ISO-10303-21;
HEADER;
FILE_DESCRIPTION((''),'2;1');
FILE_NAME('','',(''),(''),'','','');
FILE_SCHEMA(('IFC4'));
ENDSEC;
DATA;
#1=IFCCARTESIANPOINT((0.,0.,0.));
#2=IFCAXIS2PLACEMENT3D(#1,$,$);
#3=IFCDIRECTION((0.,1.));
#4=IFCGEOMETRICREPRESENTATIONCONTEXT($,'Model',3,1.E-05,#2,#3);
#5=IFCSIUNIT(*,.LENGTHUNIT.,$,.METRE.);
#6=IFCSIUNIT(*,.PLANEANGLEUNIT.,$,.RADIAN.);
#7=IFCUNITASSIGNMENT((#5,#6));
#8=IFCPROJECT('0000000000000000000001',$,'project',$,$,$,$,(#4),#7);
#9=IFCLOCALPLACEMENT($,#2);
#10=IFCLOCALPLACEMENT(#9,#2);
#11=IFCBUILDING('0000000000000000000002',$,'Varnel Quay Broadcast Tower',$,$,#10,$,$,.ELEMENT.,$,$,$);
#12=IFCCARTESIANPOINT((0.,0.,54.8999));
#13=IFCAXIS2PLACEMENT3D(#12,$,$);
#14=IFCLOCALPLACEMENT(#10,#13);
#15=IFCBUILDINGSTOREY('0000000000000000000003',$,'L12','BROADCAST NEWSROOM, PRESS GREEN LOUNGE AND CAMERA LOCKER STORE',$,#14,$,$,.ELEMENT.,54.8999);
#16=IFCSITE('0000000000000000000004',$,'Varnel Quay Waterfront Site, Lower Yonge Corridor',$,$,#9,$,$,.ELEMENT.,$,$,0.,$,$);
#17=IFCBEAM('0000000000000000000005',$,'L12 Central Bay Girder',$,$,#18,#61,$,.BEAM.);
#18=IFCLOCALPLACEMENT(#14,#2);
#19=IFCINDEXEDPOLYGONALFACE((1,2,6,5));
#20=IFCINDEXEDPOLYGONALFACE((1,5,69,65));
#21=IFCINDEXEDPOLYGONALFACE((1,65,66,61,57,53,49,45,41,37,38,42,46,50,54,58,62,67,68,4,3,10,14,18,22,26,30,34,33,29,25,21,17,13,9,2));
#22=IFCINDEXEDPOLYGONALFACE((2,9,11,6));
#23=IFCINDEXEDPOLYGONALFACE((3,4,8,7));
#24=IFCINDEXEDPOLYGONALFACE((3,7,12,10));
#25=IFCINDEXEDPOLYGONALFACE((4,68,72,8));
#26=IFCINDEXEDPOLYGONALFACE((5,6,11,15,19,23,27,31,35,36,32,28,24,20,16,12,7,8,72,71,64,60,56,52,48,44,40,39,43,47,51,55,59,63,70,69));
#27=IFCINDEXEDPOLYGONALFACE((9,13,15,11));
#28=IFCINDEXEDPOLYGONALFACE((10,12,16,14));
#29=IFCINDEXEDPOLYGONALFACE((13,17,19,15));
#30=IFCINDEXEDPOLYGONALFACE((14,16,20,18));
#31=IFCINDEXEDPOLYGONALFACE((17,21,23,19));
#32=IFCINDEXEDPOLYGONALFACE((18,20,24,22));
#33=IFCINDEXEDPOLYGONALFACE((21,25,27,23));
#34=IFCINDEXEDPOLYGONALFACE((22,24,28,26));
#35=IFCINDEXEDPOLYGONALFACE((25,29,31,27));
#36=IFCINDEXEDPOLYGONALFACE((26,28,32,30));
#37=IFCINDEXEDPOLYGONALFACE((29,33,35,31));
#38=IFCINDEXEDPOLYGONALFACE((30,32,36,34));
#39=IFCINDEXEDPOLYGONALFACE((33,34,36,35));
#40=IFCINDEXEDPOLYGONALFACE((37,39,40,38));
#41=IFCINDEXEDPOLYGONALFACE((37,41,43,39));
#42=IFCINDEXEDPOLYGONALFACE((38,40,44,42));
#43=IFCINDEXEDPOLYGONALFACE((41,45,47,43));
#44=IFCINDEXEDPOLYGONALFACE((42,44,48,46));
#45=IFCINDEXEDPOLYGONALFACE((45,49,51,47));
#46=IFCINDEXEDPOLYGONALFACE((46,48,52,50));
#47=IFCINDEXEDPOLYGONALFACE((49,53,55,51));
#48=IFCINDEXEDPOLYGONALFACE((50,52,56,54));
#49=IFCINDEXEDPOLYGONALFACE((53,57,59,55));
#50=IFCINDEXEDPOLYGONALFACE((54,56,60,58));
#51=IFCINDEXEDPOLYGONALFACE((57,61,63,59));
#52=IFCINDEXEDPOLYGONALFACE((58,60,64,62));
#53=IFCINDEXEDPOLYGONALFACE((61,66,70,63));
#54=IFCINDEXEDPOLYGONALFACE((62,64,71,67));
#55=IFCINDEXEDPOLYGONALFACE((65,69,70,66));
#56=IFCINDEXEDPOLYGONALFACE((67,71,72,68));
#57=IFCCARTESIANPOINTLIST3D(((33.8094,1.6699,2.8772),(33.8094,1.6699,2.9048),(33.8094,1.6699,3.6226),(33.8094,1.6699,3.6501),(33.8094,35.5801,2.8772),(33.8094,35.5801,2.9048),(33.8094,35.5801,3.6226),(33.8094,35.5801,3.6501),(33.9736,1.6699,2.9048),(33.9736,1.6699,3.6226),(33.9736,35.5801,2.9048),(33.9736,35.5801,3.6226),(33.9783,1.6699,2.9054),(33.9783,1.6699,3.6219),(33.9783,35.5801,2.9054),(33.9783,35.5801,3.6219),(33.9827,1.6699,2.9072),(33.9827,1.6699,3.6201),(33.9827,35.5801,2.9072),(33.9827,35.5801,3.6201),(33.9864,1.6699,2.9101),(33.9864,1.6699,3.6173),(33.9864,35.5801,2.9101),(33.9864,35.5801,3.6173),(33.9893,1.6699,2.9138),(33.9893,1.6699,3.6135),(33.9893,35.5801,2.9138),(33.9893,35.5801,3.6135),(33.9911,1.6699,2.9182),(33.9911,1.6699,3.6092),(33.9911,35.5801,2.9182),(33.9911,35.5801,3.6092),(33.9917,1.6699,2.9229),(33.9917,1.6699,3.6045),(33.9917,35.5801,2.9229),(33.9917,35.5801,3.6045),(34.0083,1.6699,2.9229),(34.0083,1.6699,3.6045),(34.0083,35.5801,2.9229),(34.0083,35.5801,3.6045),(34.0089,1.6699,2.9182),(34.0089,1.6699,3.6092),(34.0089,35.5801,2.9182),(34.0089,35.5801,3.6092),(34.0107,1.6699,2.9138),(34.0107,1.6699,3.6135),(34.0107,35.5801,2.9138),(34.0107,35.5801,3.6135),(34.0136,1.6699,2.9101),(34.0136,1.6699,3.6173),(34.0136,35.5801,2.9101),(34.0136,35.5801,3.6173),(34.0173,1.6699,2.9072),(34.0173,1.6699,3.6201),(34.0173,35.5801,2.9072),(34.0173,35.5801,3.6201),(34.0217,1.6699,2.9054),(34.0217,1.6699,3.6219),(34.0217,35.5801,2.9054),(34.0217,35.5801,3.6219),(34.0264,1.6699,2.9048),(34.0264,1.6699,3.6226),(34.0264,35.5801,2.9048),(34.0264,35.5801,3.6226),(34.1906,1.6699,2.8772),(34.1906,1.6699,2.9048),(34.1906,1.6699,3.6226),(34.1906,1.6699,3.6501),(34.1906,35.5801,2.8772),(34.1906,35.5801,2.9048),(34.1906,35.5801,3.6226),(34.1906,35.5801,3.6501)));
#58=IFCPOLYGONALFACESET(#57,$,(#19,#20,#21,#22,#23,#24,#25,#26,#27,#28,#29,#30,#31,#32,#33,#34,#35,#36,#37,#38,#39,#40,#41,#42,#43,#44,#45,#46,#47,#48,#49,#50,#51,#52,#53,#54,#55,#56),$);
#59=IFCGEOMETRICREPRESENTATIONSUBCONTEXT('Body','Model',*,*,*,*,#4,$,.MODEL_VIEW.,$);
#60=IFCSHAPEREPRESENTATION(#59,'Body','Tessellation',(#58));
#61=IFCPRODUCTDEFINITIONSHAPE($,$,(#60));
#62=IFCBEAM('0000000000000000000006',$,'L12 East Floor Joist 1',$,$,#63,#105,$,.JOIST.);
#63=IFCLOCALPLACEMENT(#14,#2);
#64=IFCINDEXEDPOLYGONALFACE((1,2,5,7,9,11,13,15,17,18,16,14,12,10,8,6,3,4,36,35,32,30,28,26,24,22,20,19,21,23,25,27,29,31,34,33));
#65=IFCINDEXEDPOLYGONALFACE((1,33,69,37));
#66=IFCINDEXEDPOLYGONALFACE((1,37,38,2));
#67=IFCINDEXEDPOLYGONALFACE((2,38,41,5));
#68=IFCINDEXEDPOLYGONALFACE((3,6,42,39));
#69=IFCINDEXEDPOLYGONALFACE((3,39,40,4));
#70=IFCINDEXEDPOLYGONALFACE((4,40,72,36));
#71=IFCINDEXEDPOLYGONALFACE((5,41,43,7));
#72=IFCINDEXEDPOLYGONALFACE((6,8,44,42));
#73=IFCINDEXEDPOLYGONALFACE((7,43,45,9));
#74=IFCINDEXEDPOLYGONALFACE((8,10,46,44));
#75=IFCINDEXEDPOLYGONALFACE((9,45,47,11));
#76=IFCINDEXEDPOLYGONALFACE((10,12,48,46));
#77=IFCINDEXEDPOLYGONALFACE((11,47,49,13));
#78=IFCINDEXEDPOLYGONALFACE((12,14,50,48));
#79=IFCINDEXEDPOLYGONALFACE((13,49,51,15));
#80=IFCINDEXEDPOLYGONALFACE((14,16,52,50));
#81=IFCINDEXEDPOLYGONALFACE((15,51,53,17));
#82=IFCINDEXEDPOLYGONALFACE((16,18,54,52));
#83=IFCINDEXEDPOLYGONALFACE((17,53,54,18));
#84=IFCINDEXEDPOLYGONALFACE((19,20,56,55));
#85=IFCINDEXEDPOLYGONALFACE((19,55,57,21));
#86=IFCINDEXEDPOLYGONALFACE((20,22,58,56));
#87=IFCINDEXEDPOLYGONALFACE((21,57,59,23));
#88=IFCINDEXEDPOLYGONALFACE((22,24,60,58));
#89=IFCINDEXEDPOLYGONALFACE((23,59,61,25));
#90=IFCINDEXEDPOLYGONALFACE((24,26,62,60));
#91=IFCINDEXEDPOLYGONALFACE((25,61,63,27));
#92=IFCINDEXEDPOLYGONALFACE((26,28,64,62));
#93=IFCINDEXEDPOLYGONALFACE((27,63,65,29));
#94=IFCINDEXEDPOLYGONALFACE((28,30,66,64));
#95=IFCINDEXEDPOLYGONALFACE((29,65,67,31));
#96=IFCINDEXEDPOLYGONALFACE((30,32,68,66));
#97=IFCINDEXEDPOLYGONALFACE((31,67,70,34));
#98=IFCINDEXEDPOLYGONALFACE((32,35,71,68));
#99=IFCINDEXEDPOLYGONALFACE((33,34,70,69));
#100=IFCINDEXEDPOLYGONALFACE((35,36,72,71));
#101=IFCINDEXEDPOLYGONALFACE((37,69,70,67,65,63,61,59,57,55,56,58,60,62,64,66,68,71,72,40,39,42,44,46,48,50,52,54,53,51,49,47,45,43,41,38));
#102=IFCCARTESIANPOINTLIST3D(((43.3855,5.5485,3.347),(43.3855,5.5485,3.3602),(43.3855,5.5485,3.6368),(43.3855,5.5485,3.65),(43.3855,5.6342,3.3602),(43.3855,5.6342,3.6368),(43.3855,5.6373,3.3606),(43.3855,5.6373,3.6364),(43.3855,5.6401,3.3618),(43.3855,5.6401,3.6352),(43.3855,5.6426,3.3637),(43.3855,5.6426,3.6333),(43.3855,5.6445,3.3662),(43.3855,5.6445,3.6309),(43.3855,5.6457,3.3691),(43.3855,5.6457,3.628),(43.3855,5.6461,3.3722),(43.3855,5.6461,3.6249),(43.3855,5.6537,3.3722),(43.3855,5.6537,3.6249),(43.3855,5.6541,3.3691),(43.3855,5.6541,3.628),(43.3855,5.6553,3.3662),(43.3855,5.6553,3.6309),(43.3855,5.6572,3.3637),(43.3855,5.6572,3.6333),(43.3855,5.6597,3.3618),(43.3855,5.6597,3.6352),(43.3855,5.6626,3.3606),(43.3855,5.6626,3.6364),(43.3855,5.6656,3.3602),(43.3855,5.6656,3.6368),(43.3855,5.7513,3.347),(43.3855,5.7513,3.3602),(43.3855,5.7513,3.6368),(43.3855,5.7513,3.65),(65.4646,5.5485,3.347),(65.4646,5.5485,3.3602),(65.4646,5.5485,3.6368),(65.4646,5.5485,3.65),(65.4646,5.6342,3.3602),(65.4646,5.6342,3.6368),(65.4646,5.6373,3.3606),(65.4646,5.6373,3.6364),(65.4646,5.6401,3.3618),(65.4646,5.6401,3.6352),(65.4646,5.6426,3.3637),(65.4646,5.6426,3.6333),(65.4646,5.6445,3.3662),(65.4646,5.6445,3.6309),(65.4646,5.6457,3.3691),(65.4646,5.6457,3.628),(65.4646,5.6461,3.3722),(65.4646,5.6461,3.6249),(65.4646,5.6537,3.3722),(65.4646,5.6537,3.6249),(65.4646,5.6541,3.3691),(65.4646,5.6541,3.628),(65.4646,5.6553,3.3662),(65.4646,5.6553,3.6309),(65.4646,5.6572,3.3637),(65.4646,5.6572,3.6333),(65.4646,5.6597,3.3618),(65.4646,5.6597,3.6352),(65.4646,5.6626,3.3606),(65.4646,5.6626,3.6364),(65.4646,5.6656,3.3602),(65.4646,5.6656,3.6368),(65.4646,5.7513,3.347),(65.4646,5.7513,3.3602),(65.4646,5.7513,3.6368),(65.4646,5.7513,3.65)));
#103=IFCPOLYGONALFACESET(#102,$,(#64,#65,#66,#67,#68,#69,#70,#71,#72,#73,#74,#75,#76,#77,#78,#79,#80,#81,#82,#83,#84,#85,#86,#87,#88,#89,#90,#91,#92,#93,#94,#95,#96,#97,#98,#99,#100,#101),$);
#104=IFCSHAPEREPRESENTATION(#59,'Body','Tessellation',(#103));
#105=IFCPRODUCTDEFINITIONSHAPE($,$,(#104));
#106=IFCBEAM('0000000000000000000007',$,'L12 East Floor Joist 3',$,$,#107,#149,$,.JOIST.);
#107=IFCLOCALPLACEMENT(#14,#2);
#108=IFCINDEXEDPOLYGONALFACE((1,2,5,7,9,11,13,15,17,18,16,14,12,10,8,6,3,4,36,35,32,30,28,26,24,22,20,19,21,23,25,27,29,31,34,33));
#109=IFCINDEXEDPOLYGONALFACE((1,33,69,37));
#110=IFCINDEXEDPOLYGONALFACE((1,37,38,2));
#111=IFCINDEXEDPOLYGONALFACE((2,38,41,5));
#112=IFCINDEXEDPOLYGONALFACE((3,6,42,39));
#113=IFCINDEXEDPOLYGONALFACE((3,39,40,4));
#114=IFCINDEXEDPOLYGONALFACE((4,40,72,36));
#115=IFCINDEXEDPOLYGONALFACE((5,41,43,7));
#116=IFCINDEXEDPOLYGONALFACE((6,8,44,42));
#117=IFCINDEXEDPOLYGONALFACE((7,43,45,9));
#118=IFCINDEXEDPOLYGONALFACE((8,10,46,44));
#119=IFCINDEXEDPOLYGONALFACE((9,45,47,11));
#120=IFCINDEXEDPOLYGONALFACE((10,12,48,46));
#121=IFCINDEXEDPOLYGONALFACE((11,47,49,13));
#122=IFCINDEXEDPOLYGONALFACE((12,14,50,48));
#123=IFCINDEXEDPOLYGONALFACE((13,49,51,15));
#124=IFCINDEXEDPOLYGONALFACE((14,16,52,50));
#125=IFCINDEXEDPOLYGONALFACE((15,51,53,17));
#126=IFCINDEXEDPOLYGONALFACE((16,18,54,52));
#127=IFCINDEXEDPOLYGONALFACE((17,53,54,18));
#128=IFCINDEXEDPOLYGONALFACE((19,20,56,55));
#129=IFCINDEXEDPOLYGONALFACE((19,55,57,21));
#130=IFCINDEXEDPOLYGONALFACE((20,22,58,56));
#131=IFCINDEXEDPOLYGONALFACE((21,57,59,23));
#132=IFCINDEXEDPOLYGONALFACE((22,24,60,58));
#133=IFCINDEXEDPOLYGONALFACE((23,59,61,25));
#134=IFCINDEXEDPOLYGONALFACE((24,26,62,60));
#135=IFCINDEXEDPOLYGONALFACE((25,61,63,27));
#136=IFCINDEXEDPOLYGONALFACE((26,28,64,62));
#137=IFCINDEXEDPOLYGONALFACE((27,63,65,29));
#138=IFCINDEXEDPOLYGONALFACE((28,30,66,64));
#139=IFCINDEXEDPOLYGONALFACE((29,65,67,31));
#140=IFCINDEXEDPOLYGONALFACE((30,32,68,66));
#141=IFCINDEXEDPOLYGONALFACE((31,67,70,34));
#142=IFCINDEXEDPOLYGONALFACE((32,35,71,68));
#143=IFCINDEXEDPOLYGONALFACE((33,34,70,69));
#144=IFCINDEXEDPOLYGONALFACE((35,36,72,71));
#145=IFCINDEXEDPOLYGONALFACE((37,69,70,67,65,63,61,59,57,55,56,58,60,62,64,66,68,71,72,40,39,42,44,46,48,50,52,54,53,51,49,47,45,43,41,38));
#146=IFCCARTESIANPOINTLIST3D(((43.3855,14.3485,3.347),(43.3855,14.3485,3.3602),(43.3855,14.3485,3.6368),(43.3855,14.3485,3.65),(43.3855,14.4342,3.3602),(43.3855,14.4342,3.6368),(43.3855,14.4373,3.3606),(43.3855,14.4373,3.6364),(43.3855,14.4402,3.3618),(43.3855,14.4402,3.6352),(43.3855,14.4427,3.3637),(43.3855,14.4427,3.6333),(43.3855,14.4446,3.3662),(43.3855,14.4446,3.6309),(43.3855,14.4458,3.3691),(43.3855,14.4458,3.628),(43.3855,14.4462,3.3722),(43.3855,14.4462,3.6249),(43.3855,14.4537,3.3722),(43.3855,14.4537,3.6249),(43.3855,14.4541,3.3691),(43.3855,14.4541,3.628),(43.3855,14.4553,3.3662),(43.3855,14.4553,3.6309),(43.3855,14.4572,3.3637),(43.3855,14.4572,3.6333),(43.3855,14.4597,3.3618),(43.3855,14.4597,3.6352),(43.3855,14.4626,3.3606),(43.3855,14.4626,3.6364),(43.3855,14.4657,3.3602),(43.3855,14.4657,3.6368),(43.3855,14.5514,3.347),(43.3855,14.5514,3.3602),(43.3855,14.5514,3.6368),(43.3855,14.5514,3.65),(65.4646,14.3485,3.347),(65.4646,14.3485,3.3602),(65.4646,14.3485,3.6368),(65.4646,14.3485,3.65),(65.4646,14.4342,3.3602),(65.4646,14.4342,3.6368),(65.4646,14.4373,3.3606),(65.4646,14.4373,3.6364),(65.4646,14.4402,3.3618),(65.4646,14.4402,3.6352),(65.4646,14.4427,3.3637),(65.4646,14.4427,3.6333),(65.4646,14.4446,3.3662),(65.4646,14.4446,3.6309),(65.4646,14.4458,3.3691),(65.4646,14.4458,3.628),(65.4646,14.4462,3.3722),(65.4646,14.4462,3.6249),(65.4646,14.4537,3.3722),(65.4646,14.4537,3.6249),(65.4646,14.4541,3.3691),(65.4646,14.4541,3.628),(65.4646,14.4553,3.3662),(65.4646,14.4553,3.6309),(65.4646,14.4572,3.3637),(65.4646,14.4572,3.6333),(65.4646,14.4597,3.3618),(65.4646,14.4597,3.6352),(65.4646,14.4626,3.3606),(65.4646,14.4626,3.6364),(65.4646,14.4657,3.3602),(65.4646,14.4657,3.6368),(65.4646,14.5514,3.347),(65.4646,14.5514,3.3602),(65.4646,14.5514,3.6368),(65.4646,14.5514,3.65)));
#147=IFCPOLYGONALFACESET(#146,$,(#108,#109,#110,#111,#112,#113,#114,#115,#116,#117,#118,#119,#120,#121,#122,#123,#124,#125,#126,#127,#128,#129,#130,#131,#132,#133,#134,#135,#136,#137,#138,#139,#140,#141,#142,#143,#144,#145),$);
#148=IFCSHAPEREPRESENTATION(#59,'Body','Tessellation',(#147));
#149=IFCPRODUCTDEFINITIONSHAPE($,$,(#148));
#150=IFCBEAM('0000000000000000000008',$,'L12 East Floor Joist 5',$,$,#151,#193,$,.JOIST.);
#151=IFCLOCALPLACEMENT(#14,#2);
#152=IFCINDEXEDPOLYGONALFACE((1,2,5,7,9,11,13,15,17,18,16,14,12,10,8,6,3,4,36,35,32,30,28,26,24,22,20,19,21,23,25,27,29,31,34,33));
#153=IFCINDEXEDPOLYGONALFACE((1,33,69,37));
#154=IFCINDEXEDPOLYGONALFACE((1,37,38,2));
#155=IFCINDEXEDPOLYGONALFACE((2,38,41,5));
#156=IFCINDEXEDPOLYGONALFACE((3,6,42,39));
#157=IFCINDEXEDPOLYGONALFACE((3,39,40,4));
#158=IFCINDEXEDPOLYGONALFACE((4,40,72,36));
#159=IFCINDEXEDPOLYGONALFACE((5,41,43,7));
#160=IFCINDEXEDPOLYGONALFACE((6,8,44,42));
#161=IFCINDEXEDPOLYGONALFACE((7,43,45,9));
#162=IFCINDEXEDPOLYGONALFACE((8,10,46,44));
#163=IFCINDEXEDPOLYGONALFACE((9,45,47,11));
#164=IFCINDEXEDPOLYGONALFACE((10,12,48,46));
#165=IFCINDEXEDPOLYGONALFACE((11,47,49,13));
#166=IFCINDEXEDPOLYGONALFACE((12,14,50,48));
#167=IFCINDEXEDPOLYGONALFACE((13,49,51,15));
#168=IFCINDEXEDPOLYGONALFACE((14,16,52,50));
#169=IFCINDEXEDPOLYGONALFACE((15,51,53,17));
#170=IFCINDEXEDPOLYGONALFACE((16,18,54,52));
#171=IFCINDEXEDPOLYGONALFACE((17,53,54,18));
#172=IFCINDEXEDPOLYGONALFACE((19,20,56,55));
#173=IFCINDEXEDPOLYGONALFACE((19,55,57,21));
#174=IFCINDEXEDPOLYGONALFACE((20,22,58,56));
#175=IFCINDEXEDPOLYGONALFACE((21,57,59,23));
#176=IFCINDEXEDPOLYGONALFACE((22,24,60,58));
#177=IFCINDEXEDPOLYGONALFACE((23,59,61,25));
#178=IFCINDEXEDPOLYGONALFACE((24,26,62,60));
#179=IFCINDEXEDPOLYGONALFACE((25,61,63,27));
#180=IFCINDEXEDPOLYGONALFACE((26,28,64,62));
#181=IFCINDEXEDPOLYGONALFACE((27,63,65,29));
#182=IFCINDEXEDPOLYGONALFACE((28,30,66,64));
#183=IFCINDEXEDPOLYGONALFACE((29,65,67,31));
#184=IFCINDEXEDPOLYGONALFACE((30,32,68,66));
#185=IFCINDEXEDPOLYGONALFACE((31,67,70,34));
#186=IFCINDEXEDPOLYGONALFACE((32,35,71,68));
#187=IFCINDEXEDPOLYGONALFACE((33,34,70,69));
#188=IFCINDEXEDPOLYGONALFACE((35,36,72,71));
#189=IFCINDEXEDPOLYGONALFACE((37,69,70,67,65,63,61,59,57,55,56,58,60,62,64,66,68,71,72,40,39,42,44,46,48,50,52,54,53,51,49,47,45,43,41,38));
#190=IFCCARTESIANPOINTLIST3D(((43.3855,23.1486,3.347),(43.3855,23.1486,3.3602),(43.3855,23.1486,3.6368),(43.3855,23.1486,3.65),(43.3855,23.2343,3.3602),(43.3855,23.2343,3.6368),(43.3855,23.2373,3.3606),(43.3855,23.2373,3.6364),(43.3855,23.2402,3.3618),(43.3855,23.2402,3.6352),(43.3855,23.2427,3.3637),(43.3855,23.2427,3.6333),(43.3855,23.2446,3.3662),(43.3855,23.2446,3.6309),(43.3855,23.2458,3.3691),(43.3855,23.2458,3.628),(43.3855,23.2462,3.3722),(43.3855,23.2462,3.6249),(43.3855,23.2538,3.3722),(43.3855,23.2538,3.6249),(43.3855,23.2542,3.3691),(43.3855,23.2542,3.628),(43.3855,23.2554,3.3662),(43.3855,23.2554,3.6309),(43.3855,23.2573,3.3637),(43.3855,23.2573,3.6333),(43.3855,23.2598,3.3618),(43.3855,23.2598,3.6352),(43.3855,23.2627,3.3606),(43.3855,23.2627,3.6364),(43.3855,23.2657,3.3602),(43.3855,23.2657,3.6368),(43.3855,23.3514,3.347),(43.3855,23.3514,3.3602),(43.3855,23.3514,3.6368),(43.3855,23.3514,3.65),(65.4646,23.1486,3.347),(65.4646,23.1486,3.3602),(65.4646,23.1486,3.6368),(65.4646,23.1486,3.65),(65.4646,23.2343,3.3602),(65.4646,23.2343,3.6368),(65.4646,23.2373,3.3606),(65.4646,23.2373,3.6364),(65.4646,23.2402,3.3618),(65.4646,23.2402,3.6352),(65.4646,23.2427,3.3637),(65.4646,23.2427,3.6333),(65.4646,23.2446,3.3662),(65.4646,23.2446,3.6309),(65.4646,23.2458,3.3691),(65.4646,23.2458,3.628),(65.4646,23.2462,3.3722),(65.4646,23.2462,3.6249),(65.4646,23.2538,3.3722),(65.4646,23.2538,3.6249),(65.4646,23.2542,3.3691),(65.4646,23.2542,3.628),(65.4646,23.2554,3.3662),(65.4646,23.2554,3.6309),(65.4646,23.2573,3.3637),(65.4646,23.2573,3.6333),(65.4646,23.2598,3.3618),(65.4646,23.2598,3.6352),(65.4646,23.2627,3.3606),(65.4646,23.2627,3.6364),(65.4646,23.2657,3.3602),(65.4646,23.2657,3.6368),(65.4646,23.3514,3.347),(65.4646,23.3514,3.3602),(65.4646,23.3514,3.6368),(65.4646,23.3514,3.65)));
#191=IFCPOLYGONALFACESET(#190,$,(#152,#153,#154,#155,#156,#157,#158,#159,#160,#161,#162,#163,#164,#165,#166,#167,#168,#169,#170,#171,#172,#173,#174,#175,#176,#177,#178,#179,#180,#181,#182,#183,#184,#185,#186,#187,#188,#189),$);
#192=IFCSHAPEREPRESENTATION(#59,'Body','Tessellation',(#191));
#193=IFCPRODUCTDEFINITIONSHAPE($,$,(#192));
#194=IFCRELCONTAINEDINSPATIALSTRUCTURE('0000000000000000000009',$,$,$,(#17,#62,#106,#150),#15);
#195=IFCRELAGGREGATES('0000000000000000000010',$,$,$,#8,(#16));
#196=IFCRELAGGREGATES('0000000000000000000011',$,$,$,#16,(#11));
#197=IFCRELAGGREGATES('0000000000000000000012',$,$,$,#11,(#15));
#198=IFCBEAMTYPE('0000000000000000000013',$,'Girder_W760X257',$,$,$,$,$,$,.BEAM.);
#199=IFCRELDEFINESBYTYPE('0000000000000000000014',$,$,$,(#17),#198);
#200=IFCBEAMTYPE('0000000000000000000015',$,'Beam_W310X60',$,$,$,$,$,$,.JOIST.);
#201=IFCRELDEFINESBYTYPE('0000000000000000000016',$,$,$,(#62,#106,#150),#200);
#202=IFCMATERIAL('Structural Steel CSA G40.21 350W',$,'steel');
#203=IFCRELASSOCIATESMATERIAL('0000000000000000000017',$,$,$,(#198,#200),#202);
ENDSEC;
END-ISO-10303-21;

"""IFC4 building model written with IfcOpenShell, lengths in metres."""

from ifc_helpers import new_model, si_unit, direction, frame, origin, origin_2d, place, context, subcontext, project, spatial, i_section, extrude, source, transform, mapped, material, material_profile, profile_set, type_object, type_shapes, element, save


model = new_model("IFC4")

# Units and contexts
model_context = context("Model", 3, precision=1e-05, world=origin(), true_north=direction((0.0, 1.0)))
body_context = subcontext(model_context, "Body", "Model", "MODEL_VIEW")
ifc_project = project(units=[si_unit("LENGTHUNIT", "METRE"), si_unit("PLANEANGLEUNIT", "RADIAN")], contexts=[model_context])

# Site, building, storey
site_placement = place(None, origin())
site = spatial("IfcSite", under=ifc_project, at=site_placement, Name="Varnel Quay Waterfront Site, Lower Yonge Corridor", CompositionType="ELEMENT", RefElevation=0.0)
building_placement = place(site_placement, origin())
building = spatial("IfcBuilding", under=site, at=building_placement, Name="Varnel Quay Broadcast Tower", CompositionType="ELEMENT")
storey_placement = place(building_placement, frame((0.0, 0.0, 54.8999)))
storey = spatial("IfcBuildingStorey", under=building, at=storey_placement, Name="L12", Description="BROADCAST NEWSROOM, PRESS GREEN LOUNGE AND CAMERA LOCKER STORE", CompositionType="ELEMENT", Elevation=54.8999)

# Shared definitions
ifc_material_1 = material(Name="Structural Steel CSA G40.21 350W", Category="steel")

# Beams
ifc_material_profile_1 = material_profile(ifc_material_1, i_section(OverallWidth=0.3811, OverallDepth=0.7729, WebThickness=0.0166, FlangeThickness=0.0276, FilletRadius=0.0181, at=origin_2d()), Name="W760X257")
ifc_profile_set_1 = profile_set([ifc_material_profile_1], Name="Structural Steel CSA G40.21 350W")
beam_type_1 = type_object("IfcBeamType", Name="Girder_W760X257", PredefinedType="BEAM", material=ifc_profile_set_1)
shared_shape_1 = source(origin(), body_context, "Body", "SweptSolid", [
    extrude(i_section(OverallWidth=0.3811, OverallDepth=0.7729, WebThickness=0.0166, FlangeThickness=0.0276, FilletRadius=0.0181, at=origin_2d()), origin(), (0.0, 0.0, 1.0), 33.9102),
])
beam_1_placement = place(storey_placement, frame((34.0, 1.6699, 3.2637), z_axis=(0.0, 1.0, 0.0), x_axis=(-1.0, 0.0, 0.0)))
element("IfcBeam", 1, at=beam_1_placement, inside=storey, type_object=beam_type_1, Name="L12 Central Bay Girder", PredefinedType="BEAM", context=body_context, shape_type="MappedRepresentation", body=[
    mapped(shared_shape_1, transform((0.0, 0.0, 0.0), x_axis=(1.0, 0.0, 0.0), y_axis=(0.0, 1.0, 0.0), z_axis=(0.0, 0.0, 1.0), scale=1.0)),
])
ifc_material_profile_2 = material_profile(ifc_material_1, i_section(OverallWidth=0.2029, OverallDepth=0.303, WebThickness=0.0076, FlangeThickness=0.0132, FilletRadius=0.012, at=origin_2d()), Name="W310X60")
ifc_profile_set_2 = profile_set([ifc_material_profile_2], Name="Structural Steel CSA G40.21 350W")
beam_type_2 = type_object("IfcBeamType", Name="Beam_W310X60", PredefinedType="JOIST", material=ifc_profile_set_2)
shared_shape_2 = source(origin(), body_context, "Body", "SweptSolid", [
    extrude(i_section(OverallWidth=0.2029, OverallDepth=0.303, WebThickness=0.0076, FlangeThickness=0.0132, FilletRadius=0.012, at=origin_2d()), origin(), (0.0, 0.0, 1.0), 22.0791),
])
type_shapes(beam_type_2, [shared_shape_2])
for number, where, z_axis, x_axis, name in (
    (2, (43.3855, 5.6499, 3.4985), (1.0, 0.0, 0.0), (0.0, 1.0, 0.0), "L12 East Floor Joist 1"),
    (3, (43.3855, 14.45, 3.4985), (1.0, 0.0, 0.0), (0.0, 1.0, 0.0), "L12 East Floor Joist 3"),
    (4, (43.3855, 23.25, 3.4985), (1.0, 0.0, 0.0), (0.0, 1.0, 0.0), "L12 East Floor Joist 5"),
):
    element("IfcBeam", number, at=place(storey_placement, frame(where, z_axis=z_axis, x_axis=x_axis)), inside=storey, type_object=beam_type_2, Name=name, PredefinedType="JOIST", context=body_context, shape_type="MappedRepresentation", body=[
        mapped(shared_shape_2, transform((0.0, 0.0, 0.0), x_axis=(1.0, 0.0, 0.0), y_axis=(0.0, 1.0, 0.0), z_axis=(0.0, 0.0, 1.0), scale=1.0)),
    ])

save(model, "model.ifc")
